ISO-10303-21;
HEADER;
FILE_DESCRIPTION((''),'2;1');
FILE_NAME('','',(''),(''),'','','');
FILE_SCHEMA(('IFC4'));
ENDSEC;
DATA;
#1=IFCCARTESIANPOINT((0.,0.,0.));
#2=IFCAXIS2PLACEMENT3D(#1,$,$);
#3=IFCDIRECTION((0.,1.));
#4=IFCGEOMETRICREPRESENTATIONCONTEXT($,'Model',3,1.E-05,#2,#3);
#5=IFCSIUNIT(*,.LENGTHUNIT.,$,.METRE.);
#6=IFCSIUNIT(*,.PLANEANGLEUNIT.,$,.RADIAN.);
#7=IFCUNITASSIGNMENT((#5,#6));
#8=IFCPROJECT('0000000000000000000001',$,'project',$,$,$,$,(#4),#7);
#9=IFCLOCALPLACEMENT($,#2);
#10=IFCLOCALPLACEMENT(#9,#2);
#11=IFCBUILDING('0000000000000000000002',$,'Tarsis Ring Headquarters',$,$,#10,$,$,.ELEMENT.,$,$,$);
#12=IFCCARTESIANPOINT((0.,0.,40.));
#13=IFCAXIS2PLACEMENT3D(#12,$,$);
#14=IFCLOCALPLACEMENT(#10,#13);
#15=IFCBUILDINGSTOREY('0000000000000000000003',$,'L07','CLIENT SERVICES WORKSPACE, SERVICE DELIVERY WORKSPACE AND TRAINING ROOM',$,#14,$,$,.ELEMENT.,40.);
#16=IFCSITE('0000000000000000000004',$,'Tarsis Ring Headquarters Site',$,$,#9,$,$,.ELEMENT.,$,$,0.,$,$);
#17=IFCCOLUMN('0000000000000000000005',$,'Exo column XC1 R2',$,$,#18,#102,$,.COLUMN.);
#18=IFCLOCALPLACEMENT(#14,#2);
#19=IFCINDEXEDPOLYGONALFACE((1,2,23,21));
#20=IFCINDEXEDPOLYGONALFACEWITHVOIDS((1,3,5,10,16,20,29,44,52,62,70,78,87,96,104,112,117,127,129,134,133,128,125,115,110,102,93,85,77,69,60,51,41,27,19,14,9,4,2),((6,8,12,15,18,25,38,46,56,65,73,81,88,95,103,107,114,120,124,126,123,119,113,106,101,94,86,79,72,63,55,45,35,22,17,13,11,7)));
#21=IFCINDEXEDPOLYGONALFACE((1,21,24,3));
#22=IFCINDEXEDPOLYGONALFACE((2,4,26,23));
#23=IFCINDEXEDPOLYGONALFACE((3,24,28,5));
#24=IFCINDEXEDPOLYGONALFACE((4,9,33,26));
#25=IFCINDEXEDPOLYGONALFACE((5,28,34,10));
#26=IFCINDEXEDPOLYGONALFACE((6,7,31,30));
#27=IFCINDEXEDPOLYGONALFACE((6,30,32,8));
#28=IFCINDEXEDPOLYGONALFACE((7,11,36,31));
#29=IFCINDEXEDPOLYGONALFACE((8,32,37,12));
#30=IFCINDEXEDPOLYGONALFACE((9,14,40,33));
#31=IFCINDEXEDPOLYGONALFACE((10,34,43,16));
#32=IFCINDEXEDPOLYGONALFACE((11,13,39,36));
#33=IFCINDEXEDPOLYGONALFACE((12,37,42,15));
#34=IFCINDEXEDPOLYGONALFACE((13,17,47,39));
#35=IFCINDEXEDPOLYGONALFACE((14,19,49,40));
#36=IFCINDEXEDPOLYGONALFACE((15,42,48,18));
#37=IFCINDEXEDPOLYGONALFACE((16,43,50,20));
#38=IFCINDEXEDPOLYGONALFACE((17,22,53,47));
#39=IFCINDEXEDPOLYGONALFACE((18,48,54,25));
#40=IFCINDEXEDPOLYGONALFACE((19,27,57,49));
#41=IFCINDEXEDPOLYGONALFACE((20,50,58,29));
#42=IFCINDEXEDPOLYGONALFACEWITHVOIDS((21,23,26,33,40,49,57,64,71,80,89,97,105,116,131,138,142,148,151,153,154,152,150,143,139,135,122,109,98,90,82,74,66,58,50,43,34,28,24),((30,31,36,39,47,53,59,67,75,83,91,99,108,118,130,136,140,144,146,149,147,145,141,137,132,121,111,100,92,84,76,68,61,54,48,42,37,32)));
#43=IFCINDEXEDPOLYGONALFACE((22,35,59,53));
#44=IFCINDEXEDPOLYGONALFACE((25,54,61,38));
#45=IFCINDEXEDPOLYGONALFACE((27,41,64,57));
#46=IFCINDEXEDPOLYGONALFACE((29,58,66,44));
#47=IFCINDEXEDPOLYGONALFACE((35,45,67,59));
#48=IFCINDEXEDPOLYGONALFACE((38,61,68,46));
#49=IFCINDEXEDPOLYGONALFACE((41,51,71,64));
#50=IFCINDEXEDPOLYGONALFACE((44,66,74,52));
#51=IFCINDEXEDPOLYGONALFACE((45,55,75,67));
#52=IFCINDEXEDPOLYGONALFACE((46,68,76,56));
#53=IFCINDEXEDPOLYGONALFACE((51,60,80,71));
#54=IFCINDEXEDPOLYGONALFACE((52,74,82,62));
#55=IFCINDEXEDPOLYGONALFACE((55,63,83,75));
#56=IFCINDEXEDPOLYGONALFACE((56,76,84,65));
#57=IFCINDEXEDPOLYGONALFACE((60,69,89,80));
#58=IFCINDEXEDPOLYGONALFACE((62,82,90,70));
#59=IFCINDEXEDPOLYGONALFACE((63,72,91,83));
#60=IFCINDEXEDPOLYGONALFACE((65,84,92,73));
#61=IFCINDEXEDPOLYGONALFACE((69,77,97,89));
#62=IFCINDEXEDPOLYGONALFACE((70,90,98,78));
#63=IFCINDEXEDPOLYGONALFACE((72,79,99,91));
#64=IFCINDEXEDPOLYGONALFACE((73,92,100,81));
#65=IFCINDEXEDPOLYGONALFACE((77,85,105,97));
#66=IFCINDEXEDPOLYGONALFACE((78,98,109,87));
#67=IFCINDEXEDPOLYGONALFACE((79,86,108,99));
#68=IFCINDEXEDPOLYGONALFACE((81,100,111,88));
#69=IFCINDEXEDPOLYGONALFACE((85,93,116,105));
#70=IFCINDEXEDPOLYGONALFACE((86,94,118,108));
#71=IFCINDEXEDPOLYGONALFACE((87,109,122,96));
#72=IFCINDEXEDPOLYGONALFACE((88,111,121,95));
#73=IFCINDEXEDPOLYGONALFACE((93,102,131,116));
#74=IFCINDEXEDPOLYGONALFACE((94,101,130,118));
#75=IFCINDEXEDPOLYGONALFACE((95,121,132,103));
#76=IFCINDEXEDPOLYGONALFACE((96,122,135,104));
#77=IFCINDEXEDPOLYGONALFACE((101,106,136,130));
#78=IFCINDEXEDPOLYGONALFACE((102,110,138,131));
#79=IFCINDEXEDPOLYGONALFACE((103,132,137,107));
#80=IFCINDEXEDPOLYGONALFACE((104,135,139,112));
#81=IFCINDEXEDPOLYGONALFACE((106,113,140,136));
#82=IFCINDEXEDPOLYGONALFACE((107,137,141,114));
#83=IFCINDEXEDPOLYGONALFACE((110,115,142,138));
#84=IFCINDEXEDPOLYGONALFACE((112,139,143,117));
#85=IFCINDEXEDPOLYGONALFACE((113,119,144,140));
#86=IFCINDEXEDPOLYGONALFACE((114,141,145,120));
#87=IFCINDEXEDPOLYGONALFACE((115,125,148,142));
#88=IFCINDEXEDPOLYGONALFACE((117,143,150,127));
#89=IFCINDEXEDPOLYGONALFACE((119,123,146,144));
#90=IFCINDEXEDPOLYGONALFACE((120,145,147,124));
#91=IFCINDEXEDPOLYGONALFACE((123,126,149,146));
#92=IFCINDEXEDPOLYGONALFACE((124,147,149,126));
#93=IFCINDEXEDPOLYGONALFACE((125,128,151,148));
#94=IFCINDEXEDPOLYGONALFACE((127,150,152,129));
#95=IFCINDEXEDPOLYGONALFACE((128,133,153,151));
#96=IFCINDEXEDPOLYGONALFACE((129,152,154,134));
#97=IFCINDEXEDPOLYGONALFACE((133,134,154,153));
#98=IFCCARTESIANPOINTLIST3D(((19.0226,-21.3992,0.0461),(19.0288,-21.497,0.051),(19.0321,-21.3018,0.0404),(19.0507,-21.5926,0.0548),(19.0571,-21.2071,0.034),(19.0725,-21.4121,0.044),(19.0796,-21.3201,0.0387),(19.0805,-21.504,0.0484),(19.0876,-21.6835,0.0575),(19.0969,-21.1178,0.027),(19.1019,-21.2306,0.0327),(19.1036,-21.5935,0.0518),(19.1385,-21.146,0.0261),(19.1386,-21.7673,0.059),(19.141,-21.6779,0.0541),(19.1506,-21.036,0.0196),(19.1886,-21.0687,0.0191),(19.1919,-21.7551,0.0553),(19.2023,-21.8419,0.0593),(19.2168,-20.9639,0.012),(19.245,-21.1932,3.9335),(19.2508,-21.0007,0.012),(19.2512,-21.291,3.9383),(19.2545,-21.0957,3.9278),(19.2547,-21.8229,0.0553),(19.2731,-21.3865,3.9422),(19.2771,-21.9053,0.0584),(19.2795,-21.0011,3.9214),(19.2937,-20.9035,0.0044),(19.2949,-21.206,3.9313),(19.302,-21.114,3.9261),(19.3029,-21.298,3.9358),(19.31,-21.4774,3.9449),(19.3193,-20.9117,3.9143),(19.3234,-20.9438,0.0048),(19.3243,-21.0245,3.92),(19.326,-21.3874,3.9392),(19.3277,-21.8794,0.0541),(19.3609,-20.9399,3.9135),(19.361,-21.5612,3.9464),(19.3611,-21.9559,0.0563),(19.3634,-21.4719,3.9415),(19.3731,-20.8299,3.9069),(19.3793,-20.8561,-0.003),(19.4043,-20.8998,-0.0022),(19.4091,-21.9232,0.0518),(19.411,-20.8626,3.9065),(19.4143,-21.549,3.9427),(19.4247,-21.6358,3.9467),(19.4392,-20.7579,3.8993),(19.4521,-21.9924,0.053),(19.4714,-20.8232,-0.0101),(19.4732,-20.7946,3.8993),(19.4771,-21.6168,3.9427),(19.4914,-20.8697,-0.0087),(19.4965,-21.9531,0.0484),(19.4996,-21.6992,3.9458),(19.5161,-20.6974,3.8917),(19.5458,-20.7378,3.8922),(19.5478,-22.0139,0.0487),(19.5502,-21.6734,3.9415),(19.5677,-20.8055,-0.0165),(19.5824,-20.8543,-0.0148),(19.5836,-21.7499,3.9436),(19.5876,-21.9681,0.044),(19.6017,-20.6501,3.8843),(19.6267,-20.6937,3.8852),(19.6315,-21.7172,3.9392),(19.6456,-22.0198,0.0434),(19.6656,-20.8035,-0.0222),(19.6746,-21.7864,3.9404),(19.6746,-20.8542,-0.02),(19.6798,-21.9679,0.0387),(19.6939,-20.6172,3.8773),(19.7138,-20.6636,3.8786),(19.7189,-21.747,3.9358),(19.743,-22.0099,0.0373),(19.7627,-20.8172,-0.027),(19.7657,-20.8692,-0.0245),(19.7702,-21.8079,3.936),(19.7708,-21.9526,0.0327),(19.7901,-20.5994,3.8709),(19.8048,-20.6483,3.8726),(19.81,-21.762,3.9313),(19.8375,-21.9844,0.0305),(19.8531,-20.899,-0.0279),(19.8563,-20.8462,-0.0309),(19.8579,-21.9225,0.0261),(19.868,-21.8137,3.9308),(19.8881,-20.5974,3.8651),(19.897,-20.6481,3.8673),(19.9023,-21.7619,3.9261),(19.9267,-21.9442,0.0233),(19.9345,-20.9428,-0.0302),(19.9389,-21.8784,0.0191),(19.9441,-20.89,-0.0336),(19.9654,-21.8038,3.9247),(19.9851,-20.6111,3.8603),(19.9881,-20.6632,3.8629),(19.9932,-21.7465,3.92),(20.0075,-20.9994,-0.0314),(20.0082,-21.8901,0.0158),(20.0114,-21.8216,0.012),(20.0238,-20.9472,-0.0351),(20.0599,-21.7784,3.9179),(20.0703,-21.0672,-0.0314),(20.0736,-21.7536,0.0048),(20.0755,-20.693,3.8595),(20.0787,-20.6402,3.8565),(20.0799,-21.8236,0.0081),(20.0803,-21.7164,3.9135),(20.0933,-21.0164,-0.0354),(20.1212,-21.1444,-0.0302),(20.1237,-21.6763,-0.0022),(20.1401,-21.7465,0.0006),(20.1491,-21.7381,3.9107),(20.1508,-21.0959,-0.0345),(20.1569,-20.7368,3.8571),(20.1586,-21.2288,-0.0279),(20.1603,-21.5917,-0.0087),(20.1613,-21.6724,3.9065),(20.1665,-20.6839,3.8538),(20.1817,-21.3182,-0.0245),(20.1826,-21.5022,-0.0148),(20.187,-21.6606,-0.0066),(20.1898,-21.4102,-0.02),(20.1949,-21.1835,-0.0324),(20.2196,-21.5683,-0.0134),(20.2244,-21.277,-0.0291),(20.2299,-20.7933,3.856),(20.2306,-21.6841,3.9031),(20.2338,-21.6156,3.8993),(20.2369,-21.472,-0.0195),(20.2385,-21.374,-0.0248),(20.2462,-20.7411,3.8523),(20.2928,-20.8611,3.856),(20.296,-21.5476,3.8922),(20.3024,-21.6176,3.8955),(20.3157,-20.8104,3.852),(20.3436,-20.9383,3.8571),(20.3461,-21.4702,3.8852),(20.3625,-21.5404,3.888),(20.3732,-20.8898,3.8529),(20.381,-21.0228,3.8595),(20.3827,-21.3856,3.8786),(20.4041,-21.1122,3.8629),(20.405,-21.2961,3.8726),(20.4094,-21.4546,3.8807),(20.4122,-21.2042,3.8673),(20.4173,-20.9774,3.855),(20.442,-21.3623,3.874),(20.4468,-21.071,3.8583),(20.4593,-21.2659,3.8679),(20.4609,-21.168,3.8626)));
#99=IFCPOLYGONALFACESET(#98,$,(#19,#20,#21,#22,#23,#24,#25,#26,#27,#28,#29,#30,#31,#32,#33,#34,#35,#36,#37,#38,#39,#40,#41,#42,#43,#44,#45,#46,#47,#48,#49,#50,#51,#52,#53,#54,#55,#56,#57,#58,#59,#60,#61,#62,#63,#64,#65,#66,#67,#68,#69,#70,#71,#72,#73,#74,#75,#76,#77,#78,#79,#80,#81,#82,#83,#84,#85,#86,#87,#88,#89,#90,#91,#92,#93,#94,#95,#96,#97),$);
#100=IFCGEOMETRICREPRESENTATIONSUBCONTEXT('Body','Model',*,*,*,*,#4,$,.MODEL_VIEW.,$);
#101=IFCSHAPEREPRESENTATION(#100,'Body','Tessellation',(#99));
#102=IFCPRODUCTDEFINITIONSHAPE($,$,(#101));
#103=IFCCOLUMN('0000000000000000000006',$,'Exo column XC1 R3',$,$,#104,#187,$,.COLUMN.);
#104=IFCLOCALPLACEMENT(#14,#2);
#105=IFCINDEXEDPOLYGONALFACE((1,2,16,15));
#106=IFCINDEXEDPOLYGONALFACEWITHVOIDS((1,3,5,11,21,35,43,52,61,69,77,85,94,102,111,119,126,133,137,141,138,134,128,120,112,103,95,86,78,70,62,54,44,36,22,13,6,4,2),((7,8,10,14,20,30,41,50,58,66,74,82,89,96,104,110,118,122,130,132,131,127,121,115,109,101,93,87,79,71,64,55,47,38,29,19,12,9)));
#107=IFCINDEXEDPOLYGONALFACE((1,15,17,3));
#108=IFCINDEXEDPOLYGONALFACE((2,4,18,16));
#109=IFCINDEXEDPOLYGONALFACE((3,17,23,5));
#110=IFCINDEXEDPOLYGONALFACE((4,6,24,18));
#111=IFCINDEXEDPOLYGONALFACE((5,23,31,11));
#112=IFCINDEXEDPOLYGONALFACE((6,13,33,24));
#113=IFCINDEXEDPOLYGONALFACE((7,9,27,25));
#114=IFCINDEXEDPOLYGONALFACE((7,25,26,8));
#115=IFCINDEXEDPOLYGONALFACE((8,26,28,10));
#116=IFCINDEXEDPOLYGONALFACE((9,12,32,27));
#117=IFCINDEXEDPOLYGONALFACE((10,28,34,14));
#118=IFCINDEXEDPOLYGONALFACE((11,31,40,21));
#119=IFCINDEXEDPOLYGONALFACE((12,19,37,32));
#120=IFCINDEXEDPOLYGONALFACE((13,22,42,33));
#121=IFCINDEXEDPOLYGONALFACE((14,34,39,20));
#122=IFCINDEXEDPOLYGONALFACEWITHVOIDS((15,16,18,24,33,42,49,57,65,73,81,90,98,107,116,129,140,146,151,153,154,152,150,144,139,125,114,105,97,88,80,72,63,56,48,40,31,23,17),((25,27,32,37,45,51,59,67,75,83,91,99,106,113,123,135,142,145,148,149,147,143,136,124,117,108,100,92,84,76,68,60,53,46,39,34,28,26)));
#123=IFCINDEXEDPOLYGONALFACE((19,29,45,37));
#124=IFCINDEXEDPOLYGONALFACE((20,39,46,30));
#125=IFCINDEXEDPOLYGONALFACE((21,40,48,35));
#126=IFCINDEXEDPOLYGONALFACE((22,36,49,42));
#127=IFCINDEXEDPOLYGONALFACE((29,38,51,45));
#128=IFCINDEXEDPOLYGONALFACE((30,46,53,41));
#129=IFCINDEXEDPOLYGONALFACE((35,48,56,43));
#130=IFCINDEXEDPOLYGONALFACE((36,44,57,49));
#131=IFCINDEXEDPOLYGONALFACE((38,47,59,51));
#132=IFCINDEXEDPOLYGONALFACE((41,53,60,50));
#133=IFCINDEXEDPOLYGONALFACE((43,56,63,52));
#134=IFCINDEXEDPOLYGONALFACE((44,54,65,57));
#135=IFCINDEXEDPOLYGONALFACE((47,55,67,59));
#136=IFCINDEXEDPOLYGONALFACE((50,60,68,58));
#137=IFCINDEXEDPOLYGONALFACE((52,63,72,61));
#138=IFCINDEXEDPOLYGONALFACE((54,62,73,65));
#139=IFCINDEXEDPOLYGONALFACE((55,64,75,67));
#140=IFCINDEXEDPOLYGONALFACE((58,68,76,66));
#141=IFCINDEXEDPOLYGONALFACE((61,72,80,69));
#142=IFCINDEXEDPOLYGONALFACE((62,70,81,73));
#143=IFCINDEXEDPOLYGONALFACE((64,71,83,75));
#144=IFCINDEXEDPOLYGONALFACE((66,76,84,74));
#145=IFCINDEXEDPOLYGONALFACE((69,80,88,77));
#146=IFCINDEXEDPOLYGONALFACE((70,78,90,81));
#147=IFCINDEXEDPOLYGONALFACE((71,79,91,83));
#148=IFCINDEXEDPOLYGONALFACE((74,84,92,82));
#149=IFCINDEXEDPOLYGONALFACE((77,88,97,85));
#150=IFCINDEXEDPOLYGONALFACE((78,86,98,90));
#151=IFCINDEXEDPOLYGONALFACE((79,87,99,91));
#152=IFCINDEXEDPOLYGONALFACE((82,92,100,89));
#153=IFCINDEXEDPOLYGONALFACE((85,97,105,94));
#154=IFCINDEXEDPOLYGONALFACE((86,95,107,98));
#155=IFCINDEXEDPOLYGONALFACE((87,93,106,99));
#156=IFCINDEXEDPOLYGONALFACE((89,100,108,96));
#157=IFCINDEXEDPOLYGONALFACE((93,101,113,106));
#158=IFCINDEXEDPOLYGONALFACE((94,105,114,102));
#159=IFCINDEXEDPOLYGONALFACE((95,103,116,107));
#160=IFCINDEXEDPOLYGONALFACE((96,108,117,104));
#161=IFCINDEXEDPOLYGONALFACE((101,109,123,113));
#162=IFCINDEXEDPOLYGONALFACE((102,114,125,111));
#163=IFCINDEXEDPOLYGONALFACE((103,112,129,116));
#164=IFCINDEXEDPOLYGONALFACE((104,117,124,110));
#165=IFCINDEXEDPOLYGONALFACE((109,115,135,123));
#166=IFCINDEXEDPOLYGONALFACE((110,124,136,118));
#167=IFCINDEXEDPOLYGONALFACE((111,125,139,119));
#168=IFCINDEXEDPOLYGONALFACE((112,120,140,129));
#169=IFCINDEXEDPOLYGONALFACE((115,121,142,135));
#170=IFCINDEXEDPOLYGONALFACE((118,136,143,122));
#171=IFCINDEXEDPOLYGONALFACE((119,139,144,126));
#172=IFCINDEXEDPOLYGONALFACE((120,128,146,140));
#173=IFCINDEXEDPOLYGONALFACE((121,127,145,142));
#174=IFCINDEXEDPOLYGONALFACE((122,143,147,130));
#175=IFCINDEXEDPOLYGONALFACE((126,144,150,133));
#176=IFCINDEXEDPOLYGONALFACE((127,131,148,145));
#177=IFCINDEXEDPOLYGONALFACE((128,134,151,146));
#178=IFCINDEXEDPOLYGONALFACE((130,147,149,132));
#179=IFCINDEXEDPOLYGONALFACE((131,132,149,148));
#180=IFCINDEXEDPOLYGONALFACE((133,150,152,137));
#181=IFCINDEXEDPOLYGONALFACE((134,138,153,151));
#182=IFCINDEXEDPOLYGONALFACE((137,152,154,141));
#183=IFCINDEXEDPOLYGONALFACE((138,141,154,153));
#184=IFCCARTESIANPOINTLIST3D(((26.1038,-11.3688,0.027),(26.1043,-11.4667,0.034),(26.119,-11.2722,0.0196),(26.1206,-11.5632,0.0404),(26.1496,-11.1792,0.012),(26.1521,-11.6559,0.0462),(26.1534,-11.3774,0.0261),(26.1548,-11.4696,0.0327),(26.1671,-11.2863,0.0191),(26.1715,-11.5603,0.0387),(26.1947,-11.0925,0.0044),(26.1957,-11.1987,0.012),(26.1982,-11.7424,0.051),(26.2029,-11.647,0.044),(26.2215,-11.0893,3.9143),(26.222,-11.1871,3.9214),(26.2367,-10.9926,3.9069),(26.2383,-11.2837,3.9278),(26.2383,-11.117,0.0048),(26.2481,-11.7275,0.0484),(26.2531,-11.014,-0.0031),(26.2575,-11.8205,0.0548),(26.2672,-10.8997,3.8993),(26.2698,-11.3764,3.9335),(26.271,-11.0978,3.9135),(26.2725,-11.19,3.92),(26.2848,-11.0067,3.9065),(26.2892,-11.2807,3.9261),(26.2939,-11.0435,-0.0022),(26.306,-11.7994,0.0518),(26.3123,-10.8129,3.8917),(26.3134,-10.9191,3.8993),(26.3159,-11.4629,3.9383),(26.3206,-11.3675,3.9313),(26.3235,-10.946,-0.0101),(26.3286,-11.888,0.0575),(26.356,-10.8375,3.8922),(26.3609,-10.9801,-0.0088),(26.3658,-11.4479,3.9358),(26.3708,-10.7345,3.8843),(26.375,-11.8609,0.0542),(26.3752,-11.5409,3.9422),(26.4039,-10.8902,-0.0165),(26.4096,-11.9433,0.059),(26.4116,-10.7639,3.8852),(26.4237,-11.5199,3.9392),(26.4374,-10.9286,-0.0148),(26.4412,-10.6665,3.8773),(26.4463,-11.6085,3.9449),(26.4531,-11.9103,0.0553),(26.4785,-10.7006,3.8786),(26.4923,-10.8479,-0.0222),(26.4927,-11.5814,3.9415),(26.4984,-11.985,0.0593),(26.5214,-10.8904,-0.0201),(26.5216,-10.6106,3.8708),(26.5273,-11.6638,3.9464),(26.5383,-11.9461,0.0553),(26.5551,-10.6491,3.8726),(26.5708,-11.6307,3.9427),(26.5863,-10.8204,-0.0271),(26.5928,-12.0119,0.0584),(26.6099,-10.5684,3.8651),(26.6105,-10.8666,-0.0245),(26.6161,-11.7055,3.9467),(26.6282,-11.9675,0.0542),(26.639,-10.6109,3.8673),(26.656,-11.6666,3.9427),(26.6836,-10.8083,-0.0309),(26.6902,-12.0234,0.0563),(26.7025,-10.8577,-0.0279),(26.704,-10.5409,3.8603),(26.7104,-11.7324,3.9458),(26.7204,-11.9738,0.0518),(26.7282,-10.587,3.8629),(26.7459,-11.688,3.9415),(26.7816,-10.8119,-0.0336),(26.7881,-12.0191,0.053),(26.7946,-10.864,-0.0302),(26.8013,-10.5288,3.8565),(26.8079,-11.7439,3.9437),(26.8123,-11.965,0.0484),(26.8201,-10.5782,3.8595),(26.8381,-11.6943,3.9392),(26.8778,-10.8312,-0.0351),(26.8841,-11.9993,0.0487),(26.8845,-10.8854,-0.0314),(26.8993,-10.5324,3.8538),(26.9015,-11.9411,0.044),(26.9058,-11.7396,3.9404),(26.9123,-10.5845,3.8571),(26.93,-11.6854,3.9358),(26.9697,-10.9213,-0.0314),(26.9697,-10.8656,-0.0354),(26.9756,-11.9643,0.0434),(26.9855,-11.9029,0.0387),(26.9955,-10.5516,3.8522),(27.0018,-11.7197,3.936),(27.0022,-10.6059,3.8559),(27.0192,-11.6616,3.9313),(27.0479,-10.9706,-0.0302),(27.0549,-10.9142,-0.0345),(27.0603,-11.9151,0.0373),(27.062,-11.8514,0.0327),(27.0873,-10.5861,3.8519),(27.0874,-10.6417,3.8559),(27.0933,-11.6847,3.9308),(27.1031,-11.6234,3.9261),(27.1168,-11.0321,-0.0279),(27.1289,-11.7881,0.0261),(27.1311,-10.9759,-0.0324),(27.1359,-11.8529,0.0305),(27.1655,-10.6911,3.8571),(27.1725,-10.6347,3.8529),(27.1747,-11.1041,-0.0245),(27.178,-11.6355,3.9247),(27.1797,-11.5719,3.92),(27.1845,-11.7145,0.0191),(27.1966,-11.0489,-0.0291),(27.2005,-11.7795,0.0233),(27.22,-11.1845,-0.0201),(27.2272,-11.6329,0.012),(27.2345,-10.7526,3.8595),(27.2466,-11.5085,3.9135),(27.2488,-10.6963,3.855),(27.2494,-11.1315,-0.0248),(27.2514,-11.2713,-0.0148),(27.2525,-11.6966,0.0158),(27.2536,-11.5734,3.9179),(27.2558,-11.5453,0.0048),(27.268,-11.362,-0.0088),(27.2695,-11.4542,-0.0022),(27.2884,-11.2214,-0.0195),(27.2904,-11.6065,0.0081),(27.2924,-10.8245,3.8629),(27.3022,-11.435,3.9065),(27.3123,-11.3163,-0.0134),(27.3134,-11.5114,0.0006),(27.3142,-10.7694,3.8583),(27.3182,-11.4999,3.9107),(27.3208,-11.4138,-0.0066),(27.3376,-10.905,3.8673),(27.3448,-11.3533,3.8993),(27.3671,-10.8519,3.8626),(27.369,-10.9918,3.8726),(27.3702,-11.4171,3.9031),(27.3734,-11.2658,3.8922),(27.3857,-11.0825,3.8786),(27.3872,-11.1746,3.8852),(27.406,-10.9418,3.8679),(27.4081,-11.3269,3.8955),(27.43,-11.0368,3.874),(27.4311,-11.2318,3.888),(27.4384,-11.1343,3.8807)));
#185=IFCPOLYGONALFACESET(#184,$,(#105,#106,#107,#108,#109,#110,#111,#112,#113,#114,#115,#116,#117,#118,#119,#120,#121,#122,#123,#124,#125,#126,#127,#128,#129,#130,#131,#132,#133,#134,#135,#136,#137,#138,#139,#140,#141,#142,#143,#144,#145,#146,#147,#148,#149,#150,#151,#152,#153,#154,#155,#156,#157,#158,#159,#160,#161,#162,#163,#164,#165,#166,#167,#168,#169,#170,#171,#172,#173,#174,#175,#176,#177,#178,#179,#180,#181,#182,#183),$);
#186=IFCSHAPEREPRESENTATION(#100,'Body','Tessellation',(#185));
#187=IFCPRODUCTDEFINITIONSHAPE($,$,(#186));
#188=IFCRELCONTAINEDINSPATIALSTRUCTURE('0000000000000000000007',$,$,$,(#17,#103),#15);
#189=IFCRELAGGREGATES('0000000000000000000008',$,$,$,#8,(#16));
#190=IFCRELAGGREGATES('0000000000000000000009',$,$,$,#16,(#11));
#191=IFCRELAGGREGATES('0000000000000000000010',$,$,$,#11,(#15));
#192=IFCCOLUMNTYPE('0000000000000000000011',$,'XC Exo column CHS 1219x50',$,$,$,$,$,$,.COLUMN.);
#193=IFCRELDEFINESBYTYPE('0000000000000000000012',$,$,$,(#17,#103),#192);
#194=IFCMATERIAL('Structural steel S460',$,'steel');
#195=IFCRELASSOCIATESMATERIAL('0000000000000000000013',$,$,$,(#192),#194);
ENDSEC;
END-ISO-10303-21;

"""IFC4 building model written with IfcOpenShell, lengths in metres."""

from ifc_helpers import new_model, si_unit, direction, frame, origin, origin_2d, place, context, subcontext, project, spatial, hollow_circle, extrude, material, material_profile, profile_set, type_object, element, save


model = new_model("IFC4")

# Units and contexts
model_context = context("Model", 3, precision=1e-05, world=origin(), true_north=direction((0.0, 1.0)))
body_context = subcontext(model_context, "Body", "Model", "MODEL_VIEW")
ifc_project = project(units=[si_unit("LENGTHUNIT", "METRE"), si_unit("PLANEANGLEUNIT", "RADIAN")], contexts=[model_context])

# Site, building, storey
site_placement = place(None, origin())
site = spatial("IfcSite", under=ifc_project, at=site_placement, Name="Tarsis Ring Headquarters Site", CompositionType="ELEMENT", RefElevation=0.0)
building_placement = place(site_placement, origin())
building = spatial("IfcBuilding", under=site, at=building_placement, Name="Tarsis Ring Headquarters", CompositionType="ELEMENT")
storey_placement = place(building_placement, frame((0.0, 0.0, 40.0)))
storey = spatial("IfcBuildingStorey", under=building, at=storey_placement, Name="L07", Description="CLIENT SERVICES WORKSPACE, SERVICE DELIVERY WORKSPACE AND TRAINING ROOM", CompositionType="ELEMENT", Elevation=40.0)

# Columns
ifc_material_1 = material(Name="Structural steel S460", Category="steel")
ifc_material_profile_1 = material_profile(ifc_material_1, hollow_circle(Radius=0.6096, WallThickness=0.05, at=origin_2d()), Name="CHS 1219x50")
ifc_profile_set_1 = profile_set([ifc_material_profile_1], Name="Structural steel S460")
column_type = type_object("IfcColumnType", Name="XC Exo column CHS 1219x50", PredefinedType="COLUMN", material=ifc_profile_set_1)
for number, where, z_axis, x_axis, name in (
    (1, (19.6311, -21.4111, 0.012), (0.05704, 0.052845, 0.996972), (-0.679617, 0.733567, 0.0), "Exo column XC1 R2"),
    (2, (26.7114, -11.4158, 0.012), (0.030179, 0.071691, 0.99697), (-0.921666, 0.387985, 0.0), "Exo column XC1 R3"),
):
    element("IfcColumn", number, at=place(storey_placement, frame(where, z_axis=z_axis, x_axis=x_axis)), inside=storey, type_object=column_type, Name=name, PredefinedType="COLUMN", context=body_context, shape_type="SweptSolid", body=[
        extrude(hollow_circle(Radius=0.6096, WallThickness=0.05, at=origin_2d()), origin(), (0.0, 0.0, 1.0), 3.8992),
    ])

save(model, "model.ifc")
